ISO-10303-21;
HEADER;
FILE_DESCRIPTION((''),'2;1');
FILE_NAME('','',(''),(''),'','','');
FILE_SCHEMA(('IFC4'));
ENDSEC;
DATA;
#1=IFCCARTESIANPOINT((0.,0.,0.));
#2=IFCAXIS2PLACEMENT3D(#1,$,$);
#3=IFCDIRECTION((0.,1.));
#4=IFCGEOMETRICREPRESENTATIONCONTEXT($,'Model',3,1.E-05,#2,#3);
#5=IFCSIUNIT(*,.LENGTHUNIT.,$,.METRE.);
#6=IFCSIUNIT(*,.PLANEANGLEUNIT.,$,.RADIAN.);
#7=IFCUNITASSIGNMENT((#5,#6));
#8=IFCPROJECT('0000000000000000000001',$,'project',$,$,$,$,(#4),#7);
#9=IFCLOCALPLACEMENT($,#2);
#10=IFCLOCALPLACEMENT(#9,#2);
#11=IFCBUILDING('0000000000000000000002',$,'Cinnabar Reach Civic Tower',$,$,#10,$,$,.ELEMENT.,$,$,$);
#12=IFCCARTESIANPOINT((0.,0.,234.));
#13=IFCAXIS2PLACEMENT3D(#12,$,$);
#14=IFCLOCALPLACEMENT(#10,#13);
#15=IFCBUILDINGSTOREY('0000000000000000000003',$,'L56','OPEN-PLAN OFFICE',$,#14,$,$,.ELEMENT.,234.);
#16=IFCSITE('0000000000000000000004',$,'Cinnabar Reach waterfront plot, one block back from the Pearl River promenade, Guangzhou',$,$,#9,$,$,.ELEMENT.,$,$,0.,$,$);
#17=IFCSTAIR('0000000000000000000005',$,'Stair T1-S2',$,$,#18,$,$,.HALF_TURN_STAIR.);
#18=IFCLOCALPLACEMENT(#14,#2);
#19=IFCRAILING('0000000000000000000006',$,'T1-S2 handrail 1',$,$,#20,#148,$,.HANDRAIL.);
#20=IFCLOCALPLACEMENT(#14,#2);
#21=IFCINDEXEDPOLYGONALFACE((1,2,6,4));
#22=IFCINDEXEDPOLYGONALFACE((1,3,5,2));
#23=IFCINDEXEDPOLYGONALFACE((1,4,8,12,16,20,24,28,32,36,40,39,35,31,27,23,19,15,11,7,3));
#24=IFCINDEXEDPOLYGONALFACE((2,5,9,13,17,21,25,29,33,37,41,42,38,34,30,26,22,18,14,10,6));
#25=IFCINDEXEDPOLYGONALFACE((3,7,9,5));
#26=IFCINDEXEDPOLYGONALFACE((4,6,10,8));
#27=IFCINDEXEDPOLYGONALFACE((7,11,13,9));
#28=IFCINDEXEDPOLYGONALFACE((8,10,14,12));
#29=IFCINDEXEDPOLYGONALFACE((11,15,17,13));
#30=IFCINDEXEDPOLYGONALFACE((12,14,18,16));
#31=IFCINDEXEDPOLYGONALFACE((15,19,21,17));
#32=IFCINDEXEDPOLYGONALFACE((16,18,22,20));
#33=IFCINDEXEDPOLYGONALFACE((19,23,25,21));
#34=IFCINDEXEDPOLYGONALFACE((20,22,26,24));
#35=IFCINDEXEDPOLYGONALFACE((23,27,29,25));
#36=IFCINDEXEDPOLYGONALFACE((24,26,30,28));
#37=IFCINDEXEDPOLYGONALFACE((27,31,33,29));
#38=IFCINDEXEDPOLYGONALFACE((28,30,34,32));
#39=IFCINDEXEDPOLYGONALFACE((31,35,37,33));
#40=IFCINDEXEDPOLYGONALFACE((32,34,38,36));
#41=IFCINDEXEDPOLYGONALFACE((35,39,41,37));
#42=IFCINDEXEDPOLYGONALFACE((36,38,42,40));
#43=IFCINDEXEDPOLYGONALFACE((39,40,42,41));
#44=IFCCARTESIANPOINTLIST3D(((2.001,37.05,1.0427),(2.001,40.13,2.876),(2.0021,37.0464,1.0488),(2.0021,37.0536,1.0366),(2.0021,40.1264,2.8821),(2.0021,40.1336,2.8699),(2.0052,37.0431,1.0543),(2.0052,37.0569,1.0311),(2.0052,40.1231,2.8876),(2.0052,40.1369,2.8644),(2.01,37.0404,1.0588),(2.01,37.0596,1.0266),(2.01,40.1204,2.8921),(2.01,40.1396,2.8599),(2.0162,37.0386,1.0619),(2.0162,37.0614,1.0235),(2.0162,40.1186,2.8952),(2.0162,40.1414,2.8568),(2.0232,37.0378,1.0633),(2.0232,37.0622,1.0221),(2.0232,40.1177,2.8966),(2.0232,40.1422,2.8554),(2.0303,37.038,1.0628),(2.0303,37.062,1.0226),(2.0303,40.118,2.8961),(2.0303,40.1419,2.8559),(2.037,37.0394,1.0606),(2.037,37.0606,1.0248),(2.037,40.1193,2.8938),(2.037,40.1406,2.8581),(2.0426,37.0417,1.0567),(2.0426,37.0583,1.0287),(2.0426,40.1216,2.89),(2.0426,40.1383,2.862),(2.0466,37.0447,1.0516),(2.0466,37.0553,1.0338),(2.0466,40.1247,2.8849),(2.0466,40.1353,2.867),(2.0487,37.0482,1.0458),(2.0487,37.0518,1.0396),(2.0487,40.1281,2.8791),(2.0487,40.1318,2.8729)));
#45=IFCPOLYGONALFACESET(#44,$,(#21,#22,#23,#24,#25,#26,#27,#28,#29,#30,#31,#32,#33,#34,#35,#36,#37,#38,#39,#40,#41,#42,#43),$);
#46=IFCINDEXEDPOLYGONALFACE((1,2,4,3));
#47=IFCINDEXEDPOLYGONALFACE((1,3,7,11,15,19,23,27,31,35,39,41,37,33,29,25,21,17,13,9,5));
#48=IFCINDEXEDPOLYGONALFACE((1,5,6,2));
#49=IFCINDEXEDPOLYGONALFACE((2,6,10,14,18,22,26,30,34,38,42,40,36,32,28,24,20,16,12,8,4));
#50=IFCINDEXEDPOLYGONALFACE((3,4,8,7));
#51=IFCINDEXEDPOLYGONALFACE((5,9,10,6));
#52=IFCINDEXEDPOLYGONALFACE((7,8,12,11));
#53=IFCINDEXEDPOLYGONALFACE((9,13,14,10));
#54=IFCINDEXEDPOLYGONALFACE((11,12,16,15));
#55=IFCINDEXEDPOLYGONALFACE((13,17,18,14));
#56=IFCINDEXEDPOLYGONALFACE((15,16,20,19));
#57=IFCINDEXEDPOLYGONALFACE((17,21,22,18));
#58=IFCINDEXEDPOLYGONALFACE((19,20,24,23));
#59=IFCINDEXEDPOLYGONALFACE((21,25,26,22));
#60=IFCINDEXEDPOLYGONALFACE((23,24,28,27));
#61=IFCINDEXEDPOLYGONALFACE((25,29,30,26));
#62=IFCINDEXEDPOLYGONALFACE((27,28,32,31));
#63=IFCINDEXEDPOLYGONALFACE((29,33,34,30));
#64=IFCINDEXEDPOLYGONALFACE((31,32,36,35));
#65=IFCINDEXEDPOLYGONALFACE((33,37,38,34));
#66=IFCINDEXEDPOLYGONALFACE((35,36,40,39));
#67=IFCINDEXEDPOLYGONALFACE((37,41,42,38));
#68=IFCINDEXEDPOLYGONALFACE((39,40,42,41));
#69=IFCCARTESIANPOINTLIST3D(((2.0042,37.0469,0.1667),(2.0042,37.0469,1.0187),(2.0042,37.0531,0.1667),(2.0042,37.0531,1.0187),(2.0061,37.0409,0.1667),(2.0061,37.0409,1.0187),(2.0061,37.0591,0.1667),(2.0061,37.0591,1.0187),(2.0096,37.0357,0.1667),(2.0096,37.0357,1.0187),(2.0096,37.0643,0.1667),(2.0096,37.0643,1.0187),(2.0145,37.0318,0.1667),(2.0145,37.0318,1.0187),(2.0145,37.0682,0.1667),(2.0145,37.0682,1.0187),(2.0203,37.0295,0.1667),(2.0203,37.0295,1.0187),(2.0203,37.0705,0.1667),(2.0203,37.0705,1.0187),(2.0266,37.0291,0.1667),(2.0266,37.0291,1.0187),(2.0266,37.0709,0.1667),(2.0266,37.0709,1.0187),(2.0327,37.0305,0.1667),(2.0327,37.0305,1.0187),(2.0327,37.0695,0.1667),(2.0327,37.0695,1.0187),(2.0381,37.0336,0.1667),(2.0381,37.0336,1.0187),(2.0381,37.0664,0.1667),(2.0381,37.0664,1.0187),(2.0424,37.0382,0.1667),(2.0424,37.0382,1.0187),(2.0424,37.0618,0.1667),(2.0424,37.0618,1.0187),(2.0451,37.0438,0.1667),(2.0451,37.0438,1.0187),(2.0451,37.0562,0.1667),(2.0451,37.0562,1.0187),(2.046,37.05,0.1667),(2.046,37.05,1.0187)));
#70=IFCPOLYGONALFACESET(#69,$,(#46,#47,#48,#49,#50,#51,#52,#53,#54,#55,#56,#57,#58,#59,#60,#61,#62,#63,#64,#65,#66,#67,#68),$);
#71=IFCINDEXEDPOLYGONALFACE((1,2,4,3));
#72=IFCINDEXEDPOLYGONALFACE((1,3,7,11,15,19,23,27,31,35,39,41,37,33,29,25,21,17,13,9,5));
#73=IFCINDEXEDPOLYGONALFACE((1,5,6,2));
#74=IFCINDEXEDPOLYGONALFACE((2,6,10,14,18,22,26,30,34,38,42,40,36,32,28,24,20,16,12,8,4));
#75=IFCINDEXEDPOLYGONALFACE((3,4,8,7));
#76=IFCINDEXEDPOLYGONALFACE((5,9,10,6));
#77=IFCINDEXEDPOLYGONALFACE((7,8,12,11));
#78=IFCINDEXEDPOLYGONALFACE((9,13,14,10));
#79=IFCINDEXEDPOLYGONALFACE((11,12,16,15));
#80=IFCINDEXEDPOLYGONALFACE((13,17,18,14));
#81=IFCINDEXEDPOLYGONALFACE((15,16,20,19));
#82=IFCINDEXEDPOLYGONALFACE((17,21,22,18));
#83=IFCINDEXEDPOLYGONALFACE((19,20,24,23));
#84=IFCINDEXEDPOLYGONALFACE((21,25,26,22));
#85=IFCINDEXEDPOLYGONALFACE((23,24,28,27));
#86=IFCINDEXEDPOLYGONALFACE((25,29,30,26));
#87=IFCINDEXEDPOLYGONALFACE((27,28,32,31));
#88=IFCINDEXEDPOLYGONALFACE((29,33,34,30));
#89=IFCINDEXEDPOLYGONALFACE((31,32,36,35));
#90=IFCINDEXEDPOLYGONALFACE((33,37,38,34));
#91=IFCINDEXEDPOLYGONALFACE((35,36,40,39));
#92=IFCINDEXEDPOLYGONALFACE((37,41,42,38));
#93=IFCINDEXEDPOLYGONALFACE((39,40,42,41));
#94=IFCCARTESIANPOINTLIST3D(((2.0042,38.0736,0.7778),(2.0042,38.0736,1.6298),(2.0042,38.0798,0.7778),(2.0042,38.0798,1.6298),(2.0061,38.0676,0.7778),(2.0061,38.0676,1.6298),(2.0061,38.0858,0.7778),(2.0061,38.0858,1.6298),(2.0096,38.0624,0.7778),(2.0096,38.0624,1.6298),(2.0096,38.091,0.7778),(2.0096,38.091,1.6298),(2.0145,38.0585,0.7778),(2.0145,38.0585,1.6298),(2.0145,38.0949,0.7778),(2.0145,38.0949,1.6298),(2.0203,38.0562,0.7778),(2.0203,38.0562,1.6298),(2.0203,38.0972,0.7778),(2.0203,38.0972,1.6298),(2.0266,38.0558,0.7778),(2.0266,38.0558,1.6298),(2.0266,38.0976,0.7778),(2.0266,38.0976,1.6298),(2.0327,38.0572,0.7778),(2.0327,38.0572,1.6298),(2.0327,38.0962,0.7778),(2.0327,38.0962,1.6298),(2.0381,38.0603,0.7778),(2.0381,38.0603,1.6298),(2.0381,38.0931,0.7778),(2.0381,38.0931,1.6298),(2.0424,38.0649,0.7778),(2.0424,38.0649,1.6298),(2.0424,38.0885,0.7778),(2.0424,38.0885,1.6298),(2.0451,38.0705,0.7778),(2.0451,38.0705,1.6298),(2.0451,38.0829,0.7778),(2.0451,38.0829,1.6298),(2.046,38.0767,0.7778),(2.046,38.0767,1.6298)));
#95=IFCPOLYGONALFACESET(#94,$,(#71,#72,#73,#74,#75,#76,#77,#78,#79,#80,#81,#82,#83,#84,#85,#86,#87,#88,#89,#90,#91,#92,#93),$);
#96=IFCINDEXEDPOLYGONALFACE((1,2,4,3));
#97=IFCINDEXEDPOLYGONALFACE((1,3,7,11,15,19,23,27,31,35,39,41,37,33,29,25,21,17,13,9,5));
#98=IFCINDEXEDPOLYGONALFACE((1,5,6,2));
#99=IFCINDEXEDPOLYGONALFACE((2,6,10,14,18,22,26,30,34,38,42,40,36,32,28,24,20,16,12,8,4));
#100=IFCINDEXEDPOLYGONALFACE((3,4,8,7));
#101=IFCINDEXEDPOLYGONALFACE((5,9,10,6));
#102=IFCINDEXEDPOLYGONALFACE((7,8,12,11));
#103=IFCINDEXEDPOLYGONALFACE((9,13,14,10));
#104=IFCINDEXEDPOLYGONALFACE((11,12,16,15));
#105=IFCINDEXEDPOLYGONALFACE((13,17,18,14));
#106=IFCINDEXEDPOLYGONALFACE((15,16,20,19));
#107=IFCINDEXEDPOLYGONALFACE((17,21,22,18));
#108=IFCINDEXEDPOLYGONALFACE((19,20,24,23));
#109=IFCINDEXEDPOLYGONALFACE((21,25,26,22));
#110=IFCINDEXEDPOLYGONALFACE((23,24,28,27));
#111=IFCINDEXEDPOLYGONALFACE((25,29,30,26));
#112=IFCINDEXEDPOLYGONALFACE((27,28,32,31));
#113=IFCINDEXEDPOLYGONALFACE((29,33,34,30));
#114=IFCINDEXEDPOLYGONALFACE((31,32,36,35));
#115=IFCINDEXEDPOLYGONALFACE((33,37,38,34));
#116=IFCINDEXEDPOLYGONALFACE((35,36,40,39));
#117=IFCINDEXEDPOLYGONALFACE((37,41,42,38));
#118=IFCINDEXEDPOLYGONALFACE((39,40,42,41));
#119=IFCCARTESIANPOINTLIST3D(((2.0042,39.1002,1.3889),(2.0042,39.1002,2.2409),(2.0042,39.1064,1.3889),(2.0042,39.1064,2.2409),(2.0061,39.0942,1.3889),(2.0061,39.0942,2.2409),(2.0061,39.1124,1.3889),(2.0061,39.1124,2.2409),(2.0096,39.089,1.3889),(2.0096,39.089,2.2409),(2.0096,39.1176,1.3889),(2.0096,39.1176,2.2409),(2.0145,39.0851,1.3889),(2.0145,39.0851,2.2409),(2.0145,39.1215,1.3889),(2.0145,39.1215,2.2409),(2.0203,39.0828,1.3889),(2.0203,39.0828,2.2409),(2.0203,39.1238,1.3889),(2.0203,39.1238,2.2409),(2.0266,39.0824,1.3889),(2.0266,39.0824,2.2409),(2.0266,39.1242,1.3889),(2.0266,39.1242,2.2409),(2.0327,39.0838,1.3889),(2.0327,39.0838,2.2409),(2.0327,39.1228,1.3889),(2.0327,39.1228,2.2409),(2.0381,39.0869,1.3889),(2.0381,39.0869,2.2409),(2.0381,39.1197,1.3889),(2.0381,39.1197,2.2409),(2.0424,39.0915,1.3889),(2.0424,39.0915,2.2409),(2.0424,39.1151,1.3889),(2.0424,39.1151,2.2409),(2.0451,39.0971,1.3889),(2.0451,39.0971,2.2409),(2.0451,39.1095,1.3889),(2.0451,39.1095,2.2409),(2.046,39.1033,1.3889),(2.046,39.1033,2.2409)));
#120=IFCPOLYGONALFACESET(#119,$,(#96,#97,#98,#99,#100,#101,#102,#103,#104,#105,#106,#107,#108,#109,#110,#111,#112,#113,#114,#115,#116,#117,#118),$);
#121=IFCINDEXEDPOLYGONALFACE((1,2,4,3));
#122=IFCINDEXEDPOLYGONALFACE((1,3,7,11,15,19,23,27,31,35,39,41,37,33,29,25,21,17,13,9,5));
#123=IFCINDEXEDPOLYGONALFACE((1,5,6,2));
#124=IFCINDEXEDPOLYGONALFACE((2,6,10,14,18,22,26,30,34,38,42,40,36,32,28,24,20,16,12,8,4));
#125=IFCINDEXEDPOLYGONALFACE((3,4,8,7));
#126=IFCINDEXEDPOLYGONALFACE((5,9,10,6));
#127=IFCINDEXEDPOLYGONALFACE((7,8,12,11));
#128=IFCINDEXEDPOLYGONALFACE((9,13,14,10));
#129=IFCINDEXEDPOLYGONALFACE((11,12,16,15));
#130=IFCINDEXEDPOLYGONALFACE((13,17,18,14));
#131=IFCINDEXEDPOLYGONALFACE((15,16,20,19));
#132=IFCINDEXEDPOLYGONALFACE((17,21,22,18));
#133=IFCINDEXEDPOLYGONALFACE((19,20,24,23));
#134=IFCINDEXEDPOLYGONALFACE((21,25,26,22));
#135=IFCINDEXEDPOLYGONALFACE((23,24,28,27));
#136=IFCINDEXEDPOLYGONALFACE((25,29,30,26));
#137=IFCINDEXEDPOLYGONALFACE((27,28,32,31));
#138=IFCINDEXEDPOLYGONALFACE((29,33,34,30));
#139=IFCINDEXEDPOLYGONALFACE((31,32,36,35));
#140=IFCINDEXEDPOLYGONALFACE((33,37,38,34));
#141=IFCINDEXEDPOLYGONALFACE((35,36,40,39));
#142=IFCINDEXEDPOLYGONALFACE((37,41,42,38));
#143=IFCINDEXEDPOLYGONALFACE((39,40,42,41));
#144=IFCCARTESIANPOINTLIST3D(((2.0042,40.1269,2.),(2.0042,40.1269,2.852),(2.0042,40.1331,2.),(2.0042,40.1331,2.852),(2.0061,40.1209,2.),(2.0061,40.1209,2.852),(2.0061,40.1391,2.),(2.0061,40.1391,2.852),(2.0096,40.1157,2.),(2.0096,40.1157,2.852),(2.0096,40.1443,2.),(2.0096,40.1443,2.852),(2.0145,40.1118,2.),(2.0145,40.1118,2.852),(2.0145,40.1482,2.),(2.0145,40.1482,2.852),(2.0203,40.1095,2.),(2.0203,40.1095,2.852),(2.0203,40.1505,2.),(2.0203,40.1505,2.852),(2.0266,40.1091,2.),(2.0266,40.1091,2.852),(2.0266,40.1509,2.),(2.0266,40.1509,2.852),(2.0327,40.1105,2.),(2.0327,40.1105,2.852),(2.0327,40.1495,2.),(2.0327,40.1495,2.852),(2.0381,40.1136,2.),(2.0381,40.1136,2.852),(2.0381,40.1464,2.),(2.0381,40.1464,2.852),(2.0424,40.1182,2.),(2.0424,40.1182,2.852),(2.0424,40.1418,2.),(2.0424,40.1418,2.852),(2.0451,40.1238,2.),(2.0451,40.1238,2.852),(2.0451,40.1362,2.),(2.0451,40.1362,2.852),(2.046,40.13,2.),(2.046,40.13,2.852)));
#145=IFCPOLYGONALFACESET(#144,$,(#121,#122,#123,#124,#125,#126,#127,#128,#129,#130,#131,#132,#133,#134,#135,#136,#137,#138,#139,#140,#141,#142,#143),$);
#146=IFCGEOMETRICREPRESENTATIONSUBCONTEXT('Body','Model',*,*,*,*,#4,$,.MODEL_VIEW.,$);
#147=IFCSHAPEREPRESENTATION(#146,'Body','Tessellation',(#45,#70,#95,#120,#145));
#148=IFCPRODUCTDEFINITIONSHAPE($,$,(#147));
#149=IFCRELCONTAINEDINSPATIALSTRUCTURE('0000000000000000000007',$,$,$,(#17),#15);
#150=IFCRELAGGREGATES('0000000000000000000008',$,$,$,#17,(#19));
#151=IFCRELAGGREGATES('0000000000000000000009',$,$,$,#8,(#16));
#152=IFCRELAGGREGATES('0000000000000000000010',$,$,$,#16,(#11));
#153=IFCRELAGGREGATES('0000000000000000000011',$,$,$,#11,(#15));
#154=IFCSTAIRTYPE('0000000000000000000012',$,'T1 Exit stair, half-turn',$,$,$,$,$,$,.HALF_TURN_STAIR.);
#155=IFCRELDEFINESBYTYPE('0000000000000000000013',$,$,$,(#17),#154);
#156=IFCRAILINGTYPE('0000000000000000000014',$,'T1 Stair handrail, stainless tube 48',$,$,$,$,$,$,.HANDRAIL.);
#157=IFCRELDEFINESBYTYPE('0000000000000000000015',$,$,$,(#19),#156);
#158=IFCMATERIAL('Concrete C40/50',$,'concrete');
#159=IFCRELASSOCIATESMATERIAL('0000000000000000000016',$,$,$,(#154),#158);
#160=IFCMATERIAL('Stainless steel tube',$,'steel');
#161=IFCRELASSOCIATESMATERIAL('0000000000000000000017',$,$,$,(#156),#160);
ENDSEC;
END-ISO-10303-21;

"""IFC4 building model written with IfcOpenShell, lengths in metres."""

from ifc_helpers import new_model, si_unit, direction, frame, origin, origin_2d, place, context, subcontext, project, spatial, circle, extrude, material, type_object, element, aggregate, save


model = new_model("IFC4")

# Units and contexts
model_context = context("Model", 3, precision=1e-05, world=origin(), true_north=direction((0.0, 1.0)))
body_context = subcontext(model_context, "Body", "Model", "MODEL_VIEW")
ifc_project = project(units=[si_unit("LENGTHUNIT", "METRE"), si_unit("PLANEANGLEUNIT", "RADIAN")], contexts=[model_context])

# Site, building, storey
site_placement = place(None, origin())
site = spatial("IfcSite", under=ifc_project, at=site_placement, Name="Cinnabar Reach waterfront plot, one block back from the Pearl River promenade, Guangzhou", CompositionType="ELEMENT", RefElevation=0.0)
building_placement = place(site_placement, origin())
building = spatial("IfcBuilding", under=site, at=building_placement, Name="Cinnabar Reach Civic Tower", CompositionType="ELEMENT")
storey_placement = place(building_placement, frame((0.0, 0.0, 234.0)))
storey = spatial("IfcBuildingStorey", under=building, at=storey_placement, Name="L56", Description="OPEN-PLAN OFFICE", CompositionType="ELEMENT", Elevation=234.0)

# Shared definitions
ifc_material_1 = material(Name="Concrete C40/50", Category="concrete")

# Stair, railing
stair_type = type_object("IfcStairType", Name="T1 Exit stair, half-turn", PredefinedType="HALF_TURN_STAIR", material=ifc_material_1)
stair_placement = place(storey_placement, origin())
stair = element("IfcStair", 1, at=stair_placement, inside=storey, type_object=stair_type, Name="Stair T1-S2", PredefinedType="HALF_TURN_STAIR")
ifc_material_2 = material(Name="Stainless steel tube", Category="steel")
railing_type = type_object("IfcRailingType", Name="T1 Stair handrail, stainless tube 48", PredefinedType="HANDRAIL", material=ifc_material_2)
railing_1_placement = place(storey_placement, frame((2.025, 37.05, 0.1667)))
railing_1 = element("IfcRailing", 2, at=railing_1_placement, type_object=railing_type, Name="T1-S2 handrail 1", PredefinedType="HANDRAIL", context=body_context, shape_type="SweptSolid", body=[
    extrude(circle(Radius=0.024, at=origin_2d()), frame((0.0, 0.0, 0.876), z_axis=(0.0, 0.859297, 0.511477), x_axis=(-1.0, 0.0, 0.0)), (0.0, 0.0, 1.0), 3.5843),
    extrude(circle(Radius=0.021, at=origin_2d()), origin(), (0.0, 0.0, 1.0), 0.852),
    extrude(circle(Radius=0.021, at=origin_2d()), frame((0.0, 1.0267, 0.6111)), (0.0, 0.0, 1.0), 0.852),
    extrude(circle(Radius=0.021, at=origin_2d()), frame((0.0, 2.0533, 1.2222)), (0.0, 0.0, 1.0), 0.852),
    extrude(circle(Radius=0.021, at=origin_2d()), frame((0.0, 3.08, 1.8333)), (0.0, 0.0, 1.0), 0.852),
])
aggregate(stair, [railing_1])

save(model, "model.ifc")
